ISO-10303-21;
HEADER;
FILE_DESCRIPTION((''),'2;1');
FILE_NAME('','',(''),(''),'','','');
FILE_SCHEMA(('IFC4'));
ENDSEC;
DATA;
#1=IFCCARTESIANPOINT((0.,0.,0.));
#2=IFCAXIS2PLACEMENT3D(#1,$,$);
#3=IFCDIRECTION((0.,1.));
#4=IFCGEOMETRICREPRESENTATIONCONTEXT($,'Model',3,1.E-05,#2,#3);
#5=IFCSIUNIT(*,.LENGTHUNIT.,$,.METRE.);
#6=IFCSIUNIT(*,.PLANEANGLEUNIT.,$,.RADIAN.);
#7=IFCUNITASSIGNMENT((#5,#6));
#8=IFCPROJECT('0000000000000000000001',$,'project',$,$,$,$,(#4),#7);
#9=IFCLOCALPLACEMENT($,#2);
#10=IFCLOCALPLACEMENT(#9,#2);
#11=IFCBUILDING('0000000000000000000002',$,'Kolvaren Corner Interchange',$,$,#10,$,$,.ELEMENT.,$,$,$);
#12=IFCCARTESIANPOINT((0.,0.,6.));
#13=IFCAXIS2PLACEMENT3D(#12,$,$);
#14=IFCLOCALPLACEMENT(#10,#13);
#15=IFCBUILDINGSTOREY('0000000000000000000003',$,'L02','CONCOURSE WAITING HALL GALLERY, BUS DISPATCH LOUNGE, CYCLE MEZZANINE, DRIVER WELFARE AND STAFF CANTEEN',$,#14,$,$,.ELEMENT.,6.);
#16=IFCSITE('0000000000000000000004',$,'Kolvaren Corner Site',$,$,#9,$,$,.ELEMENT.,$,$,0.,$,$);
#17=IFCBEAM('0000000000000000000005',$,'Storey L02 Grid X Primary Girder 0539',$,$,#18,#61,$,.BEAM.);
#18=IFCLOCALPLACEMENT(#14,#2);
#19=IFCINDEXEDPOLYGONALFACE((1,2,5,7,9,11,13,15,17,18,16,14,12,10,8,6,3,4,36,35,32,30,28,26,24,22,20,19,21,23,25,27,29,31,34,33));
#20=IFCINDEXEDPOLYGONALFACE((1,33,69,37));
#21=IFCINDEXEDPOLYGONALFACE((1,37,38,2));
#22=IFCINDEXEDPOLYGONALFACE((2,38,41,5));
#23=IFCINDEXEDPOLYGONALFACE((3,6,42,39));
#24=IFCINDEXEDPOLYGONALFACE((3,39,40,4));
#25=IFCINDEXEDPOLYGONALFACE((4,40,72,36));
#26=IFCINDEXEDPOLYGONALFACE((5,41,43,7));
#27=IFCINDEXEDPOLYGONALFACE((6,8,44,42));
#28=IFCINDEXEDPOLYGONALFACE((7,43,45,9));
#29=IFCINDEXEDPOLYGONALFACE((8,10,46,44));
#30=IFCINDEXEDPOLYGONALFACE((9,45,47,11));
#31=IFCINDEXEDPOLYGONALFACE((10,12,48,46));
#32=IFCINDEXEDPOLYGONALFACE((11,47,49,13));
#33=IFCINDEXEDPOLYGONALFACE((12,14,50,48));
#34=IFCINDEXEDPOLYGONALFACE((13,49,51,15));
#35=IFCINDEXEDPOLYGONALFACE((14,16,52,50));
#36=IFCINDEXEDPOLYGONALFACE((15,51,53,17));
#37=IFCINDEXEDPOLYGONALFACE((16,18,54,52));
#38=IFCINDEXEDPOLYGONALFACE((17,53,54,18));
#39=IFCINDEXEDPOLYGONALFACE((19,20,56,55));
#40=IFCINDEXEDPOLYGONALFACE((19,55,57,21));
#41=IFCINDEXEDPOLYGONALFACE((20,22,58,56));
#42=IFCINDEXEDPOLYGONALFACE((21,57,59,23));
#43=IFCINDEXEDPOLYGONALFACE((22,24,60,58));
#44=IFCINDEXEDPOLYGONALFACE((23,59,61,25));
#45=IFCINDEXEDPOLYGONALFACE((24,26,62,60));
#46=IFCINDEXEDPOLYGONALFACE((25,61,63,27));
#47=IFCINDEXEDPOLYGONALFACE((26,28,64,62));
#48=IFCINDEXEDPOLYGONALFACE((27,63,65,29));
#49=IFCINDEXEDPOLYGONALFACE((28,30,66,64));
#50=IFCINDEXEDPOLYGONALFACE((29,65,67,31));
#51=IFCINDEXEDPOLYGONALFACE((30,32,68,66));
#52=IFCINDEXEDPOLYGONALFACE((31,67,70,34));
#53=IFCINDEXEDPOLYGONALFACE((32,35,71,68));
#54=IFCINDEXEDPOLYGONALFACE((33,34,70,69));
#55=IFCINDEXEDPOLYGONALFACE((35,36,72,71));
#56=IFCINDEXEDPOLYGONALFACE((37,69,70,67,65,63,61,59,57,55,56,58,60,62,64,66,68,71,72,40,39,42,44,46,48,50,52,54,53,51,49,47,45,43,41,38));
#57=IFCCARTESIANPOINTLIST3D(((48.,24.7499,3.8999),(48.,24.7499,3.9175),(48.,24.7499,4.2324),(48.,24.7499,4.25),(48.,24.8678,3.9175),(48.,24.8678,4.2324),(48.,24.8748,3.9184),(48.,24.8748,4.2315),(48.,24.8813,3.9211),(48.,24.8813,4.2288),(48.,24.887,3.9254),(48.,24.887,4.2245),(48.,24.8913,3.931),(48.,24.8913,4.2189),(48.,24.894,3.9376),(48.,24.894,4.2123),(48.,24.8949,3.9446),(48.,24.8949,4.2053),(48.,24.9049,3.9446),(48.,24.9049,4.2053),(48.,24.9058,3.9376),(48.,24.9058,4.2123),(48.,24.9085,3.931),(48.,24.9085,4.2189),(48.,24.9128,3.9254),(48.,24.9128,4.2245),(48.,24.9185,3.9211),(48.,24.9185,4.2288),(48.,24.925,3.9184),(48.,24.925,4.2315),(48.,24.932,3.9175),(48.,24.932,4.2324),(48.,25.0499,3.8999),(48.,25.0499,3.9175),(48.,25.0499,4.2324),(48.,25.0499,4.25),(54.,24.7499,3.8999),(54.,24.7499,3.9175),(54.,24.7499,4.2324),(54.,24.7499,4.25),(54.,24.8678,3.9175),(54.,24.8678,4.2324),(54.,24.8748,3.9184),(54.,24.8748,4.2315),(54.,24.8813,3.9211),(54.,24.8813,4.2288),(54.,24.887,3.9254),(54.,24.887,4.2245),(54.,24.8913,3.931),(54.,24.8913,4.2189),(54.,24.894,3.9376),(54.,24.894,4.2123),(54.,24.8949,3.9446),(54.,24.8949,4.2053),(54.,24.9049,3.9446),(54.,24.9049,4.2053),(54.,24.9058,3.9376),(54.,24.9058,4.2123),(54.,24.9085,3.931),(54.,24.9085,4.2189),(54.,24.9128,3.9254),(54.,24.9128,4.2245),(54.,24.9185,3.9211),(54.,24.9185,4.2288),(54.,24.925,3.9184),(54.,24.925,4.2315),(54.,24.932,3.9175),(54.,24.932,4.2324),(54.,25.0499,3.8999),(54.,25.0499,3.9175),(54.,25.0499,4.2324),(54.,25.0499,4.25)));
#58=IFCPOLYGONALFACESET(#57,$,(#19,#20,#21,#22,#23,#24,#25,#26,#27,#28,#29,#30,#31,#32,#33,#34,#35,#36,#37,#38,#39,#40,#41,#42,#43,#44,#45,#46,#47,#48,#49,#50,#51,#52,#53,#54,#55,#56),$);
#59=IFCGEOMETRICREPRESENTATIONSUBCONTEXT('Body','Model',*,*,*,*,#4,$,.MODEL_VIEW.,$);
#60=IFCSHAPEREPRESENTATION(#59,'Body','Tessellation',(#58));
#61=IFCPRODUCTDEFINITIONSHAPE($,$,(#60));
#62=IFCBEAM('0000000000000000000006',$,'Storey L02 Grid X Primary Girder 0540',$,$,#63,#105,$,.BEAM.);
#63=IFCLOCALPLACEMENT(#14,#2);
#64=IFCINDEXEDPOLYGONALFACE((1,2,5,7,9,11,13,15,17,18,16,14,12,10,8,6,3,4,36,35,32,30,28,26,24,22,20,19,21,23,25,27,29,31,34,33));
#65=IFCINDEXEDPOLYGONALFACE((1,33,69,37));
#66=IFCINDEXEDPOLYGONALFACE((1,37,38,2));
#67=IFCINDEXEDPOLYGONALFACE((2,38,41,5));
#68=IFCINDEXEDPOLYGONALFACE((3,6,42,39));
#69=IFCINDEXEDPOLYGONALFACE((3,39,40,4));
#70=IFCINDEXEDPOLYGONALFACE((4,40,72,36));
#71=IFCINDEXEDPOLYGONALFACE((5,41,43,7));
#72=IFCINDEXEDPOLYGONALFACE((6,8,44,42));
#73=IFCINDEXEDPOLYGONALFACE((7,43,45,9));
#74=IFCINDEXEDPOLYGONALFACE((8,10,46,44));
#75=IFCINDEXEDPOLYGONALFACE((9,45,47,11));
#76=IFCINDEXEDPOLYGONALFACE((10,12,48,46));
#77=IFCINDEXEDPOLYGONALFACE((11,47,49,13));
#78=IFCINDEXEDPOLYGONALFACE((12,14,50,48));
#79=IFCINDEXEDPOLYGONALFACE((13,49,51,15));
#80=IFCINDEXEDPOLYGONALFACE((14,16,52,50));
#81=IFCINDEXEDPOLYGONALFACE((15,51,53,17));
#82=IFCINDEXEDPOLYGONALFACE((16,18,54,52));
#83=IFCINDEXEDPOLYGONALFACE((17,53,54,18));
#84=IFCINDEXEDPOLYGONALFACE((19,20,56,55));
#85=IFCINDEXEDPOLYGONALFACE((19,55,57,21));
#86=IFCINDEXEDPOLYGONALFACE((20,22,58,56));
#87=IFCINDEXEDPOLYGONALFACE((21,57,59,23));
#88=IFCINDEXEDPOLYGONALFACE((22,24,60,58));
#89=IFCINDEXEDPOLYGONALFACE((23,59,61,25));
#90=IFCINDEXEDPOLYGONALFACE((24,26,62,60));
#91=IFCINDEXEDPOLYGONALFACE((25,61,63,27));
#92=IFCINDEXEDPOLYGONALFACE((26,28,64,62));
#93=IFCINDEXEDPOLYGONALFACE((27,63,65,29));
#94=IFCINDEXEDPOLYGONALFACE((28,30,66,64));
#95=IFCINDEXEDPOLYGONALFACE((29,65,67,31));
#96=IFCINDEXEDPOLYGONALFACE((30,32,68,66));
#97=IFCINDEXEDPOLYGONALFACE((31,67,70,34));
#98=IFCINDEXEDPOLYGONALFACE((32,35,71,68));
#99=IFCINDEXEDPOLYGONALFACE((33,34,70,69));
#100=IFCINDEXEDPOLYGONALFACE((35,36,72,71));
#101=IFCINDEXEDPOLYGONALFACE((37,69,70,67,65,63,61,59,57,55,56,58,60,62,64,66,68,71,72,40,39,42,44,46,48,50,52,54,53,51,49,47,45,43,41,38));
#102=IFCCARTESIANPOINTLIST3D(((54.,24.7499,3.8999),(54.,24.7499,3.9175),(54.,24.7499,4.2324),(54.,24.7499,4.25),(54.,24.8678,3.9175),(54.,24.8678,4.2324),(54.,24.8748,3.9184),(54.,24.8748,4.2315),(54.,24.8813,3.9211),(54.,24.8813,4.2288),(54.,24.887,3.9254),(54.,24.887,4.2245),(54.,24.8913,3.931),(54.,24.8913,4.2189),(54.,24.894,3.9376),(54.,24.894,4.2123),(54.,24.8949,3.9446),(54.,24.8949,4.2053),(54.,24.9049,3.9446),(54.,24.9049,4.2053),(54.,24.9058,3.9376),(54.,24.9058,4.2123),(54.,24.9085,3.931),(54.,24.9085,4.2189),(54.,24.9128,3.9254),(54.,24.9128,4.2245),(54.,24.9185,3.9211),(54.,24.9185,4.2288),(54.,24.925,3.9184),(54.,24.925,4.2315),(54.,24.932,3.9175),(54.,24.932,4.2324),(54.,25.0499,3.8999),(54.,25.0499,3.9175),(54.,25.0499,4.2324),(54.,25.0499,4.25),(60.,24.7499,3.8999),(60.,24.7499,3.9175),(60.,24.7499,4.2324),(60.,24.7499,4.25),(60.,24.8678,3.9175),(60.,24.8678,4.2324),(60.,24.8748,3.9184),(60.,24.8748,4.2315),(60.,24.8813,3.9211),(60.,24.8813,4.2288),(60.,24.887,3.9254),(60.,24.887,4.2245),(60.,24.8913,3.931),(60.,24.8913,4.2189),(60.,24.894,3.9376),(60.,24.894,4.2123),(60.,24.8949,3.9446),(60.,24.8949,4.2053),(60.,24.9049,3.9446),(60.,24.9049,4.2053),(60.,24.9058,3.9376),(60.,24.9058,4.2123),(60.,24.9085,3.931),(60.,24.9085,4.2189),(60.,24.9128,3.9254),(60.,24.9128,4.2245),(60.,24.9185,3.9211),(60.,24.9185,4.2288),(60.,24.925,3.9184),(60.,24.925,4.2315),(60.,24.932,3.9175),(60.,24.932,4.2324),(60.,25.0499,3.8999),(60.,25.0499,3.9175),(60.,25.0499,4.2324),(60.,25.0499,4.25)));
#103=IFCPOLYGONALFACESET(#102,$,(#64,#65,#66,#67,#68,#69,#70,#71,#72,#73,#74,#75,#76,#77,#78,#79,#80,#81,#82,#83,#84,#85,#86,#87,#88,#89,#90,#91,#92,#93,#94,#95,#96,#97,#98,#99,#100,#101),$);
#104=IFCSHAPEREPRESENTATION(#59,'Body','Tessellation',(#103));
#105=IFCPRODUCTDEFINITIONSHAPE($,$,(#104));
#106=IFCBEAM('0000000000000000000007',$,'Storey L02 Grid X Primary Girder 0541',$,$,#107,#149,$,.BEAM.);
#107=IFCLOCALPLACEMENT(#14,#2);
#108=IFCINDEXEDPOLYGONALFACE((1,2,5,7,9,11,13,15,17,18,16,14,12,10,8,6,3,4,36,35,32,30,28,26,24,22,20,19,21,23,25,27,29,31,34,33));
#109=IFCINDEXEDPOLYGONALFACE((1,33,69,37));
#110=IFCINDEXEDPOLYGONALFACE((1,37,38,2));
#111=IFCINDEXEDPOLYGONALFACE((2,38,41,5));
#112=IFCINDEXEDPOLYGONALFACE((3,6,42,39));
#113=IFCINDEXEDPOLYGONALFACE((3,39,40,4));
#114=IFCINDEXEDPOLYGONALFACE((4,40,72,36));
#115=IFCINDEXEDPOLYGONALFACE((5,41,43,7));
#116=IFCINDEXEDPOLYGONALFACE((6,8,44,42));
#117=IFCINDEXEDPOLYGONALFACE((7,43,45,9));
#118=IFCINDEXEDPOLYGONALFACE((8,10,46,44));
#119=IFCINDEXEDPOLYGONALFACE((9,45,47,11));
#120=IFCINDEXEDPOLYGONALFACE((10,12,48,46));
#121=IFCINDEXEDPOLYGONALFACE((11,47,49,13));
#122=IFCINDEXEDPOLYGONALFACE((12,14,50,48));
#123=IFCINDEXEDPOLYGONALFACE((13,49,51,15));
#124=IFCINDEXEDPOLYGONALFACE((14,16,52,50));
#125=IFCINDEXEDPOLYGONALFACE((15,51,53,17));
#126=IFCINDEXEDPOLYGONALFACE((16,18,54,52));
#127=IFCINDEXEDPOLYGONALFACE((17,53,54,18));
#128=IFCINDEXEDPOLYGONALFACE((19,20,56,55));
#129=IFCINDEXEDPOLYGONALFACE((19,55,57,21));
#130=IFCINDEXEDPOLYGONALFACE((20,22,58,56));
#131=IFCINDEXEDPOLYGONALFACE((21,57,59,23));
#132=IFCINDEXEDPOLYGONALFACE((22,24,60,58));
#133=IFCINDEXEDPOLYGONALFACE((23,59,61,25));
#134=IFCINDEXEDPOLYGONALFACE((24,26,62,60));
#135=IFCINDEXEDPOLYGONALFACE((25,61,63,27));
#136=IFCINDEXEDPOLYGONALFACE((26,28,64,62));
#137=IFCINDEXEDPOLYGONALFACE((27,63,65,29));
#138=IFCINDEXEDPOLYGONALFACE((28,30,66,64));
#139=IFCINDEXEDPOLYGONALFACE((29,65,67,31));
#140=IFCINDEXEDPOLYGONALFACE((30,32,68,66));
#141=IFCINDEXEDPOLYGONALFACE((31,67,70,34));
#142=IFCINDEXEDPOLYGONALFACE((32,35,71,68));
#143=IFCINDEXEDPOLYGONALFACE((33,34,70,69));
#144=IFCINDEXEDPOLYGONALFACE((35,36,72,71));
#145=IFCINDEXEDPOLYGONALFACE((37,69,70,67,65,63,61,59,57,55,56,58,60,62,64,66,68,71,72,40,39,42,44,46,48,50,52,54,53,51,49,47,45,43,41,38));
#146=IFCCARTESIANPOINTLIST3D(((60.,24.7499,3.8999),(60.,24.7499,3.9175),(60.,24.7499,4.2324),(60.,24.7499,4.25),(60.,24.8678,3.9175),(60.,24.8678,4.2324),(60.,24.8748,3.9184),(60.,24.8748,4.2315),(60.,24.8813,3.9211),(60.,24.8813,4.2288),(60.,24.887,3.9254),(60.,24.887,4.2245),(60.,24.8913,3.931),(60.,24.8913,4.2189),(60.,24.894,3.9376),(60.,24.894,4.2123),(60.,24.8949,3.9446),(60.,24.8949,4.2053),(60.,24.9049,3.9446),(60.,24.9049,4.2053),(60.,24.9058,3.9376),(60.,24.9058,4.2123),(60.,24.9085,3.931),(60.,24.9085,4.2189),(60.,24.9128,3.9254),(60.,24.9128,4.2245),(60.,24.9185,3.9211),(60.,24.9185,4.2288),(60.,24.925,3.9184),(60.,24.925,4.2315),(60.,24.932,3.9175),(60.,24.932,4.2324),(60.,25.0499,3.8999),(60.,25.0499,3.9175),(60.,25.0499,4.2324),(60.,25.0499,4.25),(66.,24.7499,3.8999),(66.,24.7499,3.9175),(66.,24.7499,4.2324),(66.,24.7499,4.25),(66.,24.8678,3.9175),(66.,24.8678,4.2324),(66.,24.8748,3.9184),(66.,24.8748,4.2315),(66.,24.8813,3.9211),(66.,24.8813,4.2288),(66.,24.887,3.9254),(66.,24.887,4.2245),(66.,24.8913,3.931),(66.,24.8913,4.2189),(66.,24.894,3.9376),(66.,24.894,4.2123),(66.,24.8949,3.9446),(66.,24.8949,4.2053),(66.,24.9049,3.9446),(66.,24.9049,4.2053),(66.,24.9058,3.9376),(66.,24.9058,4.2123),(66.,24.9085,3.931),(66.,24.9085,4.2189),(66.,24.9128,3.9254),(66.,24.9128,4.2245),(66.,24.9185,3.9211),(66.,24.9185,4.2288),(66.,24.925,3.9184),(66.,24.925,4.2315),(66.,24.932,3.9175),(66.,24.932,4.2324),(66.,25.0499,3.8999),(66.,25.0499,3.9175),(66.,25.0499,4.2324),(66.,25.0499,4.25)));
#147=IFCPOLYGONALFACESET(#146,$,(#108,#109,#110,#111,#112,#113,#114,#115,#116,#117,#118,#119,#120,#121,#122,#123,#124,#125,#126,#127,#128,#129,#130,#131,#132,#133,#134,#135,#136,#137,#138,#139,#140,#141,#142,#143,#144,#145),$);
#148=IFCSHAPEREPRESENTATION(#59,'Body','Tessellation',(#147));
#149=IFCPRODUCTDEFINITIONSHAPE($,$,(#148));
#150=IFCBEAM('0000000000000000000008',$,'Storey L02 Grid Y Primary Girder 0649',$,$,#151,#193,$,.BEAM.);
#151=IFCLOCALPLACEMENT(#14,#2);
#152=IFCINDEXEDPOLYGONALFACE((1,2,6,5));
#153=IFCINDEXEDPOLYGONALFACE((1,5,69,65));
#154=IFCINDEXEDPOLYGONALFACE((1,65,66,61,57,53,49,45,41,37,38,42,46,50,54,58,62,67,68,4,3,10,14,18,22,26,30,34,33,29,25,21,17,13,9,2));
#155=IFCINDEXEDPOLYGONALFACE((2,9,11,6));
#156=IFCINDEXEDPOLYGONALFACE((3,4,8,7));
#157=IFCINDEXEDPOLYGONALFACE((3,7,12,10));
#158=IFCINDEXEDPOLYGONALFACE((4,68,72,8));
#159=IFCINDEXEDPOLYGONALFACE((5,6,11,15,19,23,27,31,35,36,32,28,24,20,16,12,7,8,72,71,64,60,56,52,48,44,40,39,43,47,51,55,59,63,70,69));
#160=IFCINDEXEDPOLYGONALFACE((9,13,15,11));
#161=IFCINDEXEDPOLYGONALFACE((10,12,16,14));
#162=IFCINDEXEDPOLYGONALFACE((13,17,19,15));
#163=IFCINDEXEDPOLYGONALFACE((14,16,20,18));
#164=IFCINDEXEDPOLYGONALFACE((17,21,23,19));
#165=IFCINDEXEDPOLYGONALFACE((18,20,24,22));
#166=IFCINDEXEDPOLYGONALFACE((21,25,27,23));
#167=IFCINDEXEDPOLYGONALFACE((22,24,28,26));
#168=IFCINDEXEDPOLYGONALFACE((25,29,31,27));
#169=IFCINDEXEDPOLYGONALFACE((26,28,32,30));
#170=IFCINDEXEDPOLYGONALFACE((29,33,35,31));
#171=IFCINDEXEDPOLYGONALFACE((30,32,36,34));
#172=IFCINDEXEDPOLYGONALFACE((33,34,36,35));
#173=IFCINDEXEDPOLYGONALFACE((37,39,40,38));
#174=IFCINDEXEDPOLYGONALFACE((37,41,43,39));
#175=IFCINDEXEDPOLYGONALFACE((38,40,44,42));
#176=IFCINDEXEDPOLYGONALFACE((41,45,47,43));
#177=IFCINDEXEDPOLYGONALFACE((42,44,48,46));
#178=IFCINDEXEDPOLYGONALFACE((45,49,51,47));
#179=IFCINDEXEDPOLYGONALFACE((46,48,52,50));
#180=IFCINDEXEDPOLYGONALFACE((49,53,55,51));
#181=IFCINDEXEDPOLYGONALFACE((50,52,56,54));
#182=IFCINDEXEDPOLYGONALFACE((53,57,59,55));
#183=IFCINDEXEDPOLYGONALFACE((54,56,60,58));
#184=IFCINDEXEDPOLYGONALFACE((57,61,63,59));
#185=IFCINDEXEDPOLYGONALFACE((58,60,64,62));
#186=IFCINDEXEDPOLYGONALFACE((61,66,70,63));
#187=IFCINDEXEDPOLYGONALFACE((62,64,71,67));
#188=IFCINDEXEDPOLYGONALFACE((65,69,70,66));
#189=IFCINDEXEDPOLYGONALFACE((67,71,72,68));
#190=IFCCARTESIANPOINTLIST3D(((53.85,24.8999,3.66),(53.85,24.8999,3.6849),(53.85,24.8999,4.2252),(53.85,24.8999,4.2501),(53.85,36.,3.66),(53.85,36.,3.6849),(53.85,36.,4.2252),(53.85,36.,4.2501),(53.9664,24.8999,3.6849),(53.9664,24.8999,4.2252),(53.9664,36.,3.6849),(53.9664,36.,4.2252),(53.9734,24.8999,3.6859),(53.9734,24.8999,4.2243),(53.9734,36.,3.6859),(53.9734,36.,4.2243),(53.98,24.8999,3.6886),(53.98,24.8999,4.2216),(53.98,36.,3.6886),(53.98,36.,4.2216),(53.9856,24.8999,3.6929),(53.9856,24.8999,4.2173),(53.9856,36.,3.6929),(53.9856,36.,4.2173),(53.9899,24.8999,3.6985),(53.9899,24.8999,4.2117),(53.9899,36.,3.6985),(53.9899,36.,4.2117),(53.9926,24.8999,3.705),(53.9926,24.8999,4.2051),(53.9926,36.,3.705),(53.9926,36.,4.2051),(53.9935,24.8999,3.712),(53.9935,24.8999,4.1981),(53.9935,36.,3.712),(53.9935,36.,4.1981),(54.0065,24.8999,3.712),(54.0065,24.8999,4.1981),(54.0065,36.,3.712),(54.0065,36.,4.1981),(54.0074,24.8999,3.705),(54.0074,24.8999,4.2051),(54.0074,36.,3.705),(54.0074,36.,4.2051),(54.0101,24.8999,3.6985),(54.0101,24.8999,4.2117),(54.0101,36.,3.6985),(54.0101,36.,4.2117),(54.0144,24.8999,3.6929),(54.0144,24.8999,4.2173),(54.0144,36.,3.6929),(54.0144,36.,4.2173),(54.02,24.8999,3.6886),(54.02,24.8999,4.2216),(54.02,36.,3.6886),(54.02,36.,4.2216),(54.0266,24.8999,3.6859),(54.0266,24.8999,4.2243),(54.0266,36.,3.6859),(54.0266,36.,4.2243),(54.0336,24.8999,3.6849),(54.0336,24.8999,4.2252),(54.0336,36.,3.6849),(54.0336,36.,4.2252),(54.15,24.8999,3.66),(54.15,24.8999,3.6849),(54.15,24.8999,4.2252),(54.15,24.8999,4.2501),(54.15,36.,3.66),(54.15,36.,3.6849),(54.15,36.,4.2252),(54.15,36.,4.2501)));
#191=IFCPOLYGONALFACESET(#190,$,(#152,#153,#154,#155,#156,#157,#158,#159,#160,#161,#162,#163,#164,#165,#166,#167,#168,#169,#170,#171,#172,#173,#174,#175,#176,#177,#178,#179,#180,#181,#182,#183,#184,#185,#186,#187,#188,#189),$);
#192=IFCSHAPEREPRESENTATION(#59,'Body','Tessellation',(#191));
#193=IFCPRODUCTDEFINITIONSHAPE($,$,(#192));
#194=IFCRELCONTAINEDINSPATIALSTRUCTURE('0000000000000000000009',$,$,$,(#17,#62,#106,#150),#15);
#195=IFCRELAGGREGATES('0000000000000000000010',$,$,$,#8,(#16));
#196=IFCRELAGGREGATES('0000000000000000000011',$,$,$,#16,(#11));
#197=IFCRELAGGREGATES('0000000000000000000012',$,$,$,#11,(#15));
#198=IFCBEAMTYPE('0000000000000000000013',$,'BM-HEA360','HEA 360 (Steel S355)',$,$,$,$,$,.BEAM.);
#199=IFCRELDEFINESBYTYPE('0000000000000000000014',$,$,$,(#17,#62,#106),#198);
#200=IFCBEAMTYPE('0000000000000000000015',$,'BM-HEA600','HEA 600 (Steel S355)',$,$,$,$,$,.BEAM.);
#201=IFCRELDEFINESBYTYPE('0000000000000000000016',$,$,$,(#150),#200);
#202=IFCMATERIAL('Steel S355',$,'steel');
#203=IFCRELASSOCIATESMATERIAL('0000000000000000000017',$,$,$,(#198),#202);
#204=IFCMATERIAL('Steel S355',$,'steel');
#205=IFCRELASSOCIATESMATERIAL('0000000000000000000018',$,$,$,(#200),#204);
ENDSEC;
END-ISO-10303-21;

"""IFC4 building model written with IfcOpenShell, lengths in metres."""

from ifc_helpers import new_model, si_unit, direction, frame, origin, origin_2d, place, context, subcontext, project, spatial, i_section, extrude, material, material_profile, profile_set, type_object, element, save


model = new_model("IFC4")

# Units and contexts
model_context = context("Model", 3, precision=1e-05, world=origin(), true_north=direction((0.0, 1.0)))
body_context = subcontext(model_context, "Body", "Model", "MODEL_VIEW")
ifc_project = project(units=[si_unit("LENGTHUNIT", "METRE"), si_unit("PLANEANGLEUNIT", "RADIAN")], contexts=[model_context])

# Site, building, storey
site_placement = place(None, origin())
site = spatial("IfcSite", under=ifc_project, at=site_placement, Name="Kolvaren Corner Site", CompositionType="ELEMENT", RefElevation=0.0)
building_placement = place(site_placement, origin())
building = spatial("IfcBuilding", under=site, at=building_placement, Name="Kolvaren Corner Interchange", CompositionType="ELEMENT")
storey_placement = place(building_placement, frame((0.0, 0.0, 6.0)))
storey = spatial("IfcBuildingStorey", under=building, at=storey_placement, Name="L02", Description="CONCOURSE WAITING HALL GALLERY, BUS DISPATCH LOUNGE, CYCLE MEZZANINE, DRIVER WELFARE AND STAFF CANTEEN", CompositionType="ELEMENT", Elevation=6.0)

# Beams
ifc_material_1 = material(Name="Steel S355", Category="steel")
ifc_material_profile_1 = material_profile(ifc_material_1, i_section(OverallWidth=0.3, OverallDepth=0.3501, WebThickness=0.01, FlangeThickness=0.0176, FilletRadius=0.0271, at=origin_2d()), Name="HEA 360")
ifc_profile_set_1 = profile_set([ifc_material_profile_1], Name="Steel S355")
beam_type_1 = type_object("IfcBeamType", Name="BM-HEA360", Description="HEA 360 (Steel S355)", PredefinedType="BEAM", material=ifc_profile_set_1)
for number, where, z_axis, x_axis, name in (
    (1, (48.0, 24.8999, 4.075), (1.0, 0.0, 0.0), (0.0, 1.0, 0.0), "Storey L02 Grid X Primary Girder 0539"),
    (2, (54.0, 24.8999, 4.075), (1.0, 0.0, 0.0), (0.0, 1.0, 0.0), "Storey L02 Grid X Primary Girder 0540"),
    (3, (60.0, 24.8999, 4.075), (1.0, 0.0, 0.0), (0.0, 1.0, 0.0), "Storey L02 Grid X Primary Girder 0541"),
):
    element("IfcBeam", number, at=place(storey_placement, frame(where, z_axis=z_axis, x_axis=x_axis)), inside=storey, type_object=beam_type_1, Name=name, PredefinedType="BEAM", context=body_context, shape_type="SweptSolid", body=[
        extrude(i_section(OverallWidth=0.3, OverallDepth=0.3501, WebThickness=0.01, FlangeThickness=0.0176, FilletRadius=0.0271, at=origin_2d()), origin(), (0.0, 0.0, 1.0), 6.0),
    ])
ifc_material_2 = material(Name="Steel S355", Category="steel")
ifc_material_profile_2 = material_profile(ifc_material_2, i_section(OverallWidth=0.3, OverallDepth=0.5901, WebThickness=0.0129, FlangeThickness=0.0249, FilletRadius=0.0271, at=origin_2d()), Name="HEA 600")
ifc_profile_set_2 = profile_set([ifc_material_profile_2], Name="Steel S355")
beam_type_2 = type_object("IfcBeamType", Name="BM-HEA600", Description="HEA 600 (Steel S355)", PredefinedType="BEAM", material=ifc_profile_set_2)
beam_1_placement = place(storey_placement, frame((54.0, 24.8999, 3.9551), z_axis=(0.0, 1.0, 0.0), x_axis=(-1.0, 0.0, 0.0)))
element("IfcBeam", 4, at=beam_1_placement, inside=storey, type_object=beam_type_2, Name="Storey L02 Grid Y Primary Girder 0649", PredefinedType="BEAM", context=body_context, shape_type="SweptSolid", body=[
    extrude(i_section(OverallWidth=0.3, OverallDepth=0.5901, WebThickness=0.0129, FlangeThickness=0.0249, FilletRadius=0.0271, at=origin_2d()), origin(), (0.0, 0.0, 1.0), 11.1001),
])

save(model, "model.ifc")
